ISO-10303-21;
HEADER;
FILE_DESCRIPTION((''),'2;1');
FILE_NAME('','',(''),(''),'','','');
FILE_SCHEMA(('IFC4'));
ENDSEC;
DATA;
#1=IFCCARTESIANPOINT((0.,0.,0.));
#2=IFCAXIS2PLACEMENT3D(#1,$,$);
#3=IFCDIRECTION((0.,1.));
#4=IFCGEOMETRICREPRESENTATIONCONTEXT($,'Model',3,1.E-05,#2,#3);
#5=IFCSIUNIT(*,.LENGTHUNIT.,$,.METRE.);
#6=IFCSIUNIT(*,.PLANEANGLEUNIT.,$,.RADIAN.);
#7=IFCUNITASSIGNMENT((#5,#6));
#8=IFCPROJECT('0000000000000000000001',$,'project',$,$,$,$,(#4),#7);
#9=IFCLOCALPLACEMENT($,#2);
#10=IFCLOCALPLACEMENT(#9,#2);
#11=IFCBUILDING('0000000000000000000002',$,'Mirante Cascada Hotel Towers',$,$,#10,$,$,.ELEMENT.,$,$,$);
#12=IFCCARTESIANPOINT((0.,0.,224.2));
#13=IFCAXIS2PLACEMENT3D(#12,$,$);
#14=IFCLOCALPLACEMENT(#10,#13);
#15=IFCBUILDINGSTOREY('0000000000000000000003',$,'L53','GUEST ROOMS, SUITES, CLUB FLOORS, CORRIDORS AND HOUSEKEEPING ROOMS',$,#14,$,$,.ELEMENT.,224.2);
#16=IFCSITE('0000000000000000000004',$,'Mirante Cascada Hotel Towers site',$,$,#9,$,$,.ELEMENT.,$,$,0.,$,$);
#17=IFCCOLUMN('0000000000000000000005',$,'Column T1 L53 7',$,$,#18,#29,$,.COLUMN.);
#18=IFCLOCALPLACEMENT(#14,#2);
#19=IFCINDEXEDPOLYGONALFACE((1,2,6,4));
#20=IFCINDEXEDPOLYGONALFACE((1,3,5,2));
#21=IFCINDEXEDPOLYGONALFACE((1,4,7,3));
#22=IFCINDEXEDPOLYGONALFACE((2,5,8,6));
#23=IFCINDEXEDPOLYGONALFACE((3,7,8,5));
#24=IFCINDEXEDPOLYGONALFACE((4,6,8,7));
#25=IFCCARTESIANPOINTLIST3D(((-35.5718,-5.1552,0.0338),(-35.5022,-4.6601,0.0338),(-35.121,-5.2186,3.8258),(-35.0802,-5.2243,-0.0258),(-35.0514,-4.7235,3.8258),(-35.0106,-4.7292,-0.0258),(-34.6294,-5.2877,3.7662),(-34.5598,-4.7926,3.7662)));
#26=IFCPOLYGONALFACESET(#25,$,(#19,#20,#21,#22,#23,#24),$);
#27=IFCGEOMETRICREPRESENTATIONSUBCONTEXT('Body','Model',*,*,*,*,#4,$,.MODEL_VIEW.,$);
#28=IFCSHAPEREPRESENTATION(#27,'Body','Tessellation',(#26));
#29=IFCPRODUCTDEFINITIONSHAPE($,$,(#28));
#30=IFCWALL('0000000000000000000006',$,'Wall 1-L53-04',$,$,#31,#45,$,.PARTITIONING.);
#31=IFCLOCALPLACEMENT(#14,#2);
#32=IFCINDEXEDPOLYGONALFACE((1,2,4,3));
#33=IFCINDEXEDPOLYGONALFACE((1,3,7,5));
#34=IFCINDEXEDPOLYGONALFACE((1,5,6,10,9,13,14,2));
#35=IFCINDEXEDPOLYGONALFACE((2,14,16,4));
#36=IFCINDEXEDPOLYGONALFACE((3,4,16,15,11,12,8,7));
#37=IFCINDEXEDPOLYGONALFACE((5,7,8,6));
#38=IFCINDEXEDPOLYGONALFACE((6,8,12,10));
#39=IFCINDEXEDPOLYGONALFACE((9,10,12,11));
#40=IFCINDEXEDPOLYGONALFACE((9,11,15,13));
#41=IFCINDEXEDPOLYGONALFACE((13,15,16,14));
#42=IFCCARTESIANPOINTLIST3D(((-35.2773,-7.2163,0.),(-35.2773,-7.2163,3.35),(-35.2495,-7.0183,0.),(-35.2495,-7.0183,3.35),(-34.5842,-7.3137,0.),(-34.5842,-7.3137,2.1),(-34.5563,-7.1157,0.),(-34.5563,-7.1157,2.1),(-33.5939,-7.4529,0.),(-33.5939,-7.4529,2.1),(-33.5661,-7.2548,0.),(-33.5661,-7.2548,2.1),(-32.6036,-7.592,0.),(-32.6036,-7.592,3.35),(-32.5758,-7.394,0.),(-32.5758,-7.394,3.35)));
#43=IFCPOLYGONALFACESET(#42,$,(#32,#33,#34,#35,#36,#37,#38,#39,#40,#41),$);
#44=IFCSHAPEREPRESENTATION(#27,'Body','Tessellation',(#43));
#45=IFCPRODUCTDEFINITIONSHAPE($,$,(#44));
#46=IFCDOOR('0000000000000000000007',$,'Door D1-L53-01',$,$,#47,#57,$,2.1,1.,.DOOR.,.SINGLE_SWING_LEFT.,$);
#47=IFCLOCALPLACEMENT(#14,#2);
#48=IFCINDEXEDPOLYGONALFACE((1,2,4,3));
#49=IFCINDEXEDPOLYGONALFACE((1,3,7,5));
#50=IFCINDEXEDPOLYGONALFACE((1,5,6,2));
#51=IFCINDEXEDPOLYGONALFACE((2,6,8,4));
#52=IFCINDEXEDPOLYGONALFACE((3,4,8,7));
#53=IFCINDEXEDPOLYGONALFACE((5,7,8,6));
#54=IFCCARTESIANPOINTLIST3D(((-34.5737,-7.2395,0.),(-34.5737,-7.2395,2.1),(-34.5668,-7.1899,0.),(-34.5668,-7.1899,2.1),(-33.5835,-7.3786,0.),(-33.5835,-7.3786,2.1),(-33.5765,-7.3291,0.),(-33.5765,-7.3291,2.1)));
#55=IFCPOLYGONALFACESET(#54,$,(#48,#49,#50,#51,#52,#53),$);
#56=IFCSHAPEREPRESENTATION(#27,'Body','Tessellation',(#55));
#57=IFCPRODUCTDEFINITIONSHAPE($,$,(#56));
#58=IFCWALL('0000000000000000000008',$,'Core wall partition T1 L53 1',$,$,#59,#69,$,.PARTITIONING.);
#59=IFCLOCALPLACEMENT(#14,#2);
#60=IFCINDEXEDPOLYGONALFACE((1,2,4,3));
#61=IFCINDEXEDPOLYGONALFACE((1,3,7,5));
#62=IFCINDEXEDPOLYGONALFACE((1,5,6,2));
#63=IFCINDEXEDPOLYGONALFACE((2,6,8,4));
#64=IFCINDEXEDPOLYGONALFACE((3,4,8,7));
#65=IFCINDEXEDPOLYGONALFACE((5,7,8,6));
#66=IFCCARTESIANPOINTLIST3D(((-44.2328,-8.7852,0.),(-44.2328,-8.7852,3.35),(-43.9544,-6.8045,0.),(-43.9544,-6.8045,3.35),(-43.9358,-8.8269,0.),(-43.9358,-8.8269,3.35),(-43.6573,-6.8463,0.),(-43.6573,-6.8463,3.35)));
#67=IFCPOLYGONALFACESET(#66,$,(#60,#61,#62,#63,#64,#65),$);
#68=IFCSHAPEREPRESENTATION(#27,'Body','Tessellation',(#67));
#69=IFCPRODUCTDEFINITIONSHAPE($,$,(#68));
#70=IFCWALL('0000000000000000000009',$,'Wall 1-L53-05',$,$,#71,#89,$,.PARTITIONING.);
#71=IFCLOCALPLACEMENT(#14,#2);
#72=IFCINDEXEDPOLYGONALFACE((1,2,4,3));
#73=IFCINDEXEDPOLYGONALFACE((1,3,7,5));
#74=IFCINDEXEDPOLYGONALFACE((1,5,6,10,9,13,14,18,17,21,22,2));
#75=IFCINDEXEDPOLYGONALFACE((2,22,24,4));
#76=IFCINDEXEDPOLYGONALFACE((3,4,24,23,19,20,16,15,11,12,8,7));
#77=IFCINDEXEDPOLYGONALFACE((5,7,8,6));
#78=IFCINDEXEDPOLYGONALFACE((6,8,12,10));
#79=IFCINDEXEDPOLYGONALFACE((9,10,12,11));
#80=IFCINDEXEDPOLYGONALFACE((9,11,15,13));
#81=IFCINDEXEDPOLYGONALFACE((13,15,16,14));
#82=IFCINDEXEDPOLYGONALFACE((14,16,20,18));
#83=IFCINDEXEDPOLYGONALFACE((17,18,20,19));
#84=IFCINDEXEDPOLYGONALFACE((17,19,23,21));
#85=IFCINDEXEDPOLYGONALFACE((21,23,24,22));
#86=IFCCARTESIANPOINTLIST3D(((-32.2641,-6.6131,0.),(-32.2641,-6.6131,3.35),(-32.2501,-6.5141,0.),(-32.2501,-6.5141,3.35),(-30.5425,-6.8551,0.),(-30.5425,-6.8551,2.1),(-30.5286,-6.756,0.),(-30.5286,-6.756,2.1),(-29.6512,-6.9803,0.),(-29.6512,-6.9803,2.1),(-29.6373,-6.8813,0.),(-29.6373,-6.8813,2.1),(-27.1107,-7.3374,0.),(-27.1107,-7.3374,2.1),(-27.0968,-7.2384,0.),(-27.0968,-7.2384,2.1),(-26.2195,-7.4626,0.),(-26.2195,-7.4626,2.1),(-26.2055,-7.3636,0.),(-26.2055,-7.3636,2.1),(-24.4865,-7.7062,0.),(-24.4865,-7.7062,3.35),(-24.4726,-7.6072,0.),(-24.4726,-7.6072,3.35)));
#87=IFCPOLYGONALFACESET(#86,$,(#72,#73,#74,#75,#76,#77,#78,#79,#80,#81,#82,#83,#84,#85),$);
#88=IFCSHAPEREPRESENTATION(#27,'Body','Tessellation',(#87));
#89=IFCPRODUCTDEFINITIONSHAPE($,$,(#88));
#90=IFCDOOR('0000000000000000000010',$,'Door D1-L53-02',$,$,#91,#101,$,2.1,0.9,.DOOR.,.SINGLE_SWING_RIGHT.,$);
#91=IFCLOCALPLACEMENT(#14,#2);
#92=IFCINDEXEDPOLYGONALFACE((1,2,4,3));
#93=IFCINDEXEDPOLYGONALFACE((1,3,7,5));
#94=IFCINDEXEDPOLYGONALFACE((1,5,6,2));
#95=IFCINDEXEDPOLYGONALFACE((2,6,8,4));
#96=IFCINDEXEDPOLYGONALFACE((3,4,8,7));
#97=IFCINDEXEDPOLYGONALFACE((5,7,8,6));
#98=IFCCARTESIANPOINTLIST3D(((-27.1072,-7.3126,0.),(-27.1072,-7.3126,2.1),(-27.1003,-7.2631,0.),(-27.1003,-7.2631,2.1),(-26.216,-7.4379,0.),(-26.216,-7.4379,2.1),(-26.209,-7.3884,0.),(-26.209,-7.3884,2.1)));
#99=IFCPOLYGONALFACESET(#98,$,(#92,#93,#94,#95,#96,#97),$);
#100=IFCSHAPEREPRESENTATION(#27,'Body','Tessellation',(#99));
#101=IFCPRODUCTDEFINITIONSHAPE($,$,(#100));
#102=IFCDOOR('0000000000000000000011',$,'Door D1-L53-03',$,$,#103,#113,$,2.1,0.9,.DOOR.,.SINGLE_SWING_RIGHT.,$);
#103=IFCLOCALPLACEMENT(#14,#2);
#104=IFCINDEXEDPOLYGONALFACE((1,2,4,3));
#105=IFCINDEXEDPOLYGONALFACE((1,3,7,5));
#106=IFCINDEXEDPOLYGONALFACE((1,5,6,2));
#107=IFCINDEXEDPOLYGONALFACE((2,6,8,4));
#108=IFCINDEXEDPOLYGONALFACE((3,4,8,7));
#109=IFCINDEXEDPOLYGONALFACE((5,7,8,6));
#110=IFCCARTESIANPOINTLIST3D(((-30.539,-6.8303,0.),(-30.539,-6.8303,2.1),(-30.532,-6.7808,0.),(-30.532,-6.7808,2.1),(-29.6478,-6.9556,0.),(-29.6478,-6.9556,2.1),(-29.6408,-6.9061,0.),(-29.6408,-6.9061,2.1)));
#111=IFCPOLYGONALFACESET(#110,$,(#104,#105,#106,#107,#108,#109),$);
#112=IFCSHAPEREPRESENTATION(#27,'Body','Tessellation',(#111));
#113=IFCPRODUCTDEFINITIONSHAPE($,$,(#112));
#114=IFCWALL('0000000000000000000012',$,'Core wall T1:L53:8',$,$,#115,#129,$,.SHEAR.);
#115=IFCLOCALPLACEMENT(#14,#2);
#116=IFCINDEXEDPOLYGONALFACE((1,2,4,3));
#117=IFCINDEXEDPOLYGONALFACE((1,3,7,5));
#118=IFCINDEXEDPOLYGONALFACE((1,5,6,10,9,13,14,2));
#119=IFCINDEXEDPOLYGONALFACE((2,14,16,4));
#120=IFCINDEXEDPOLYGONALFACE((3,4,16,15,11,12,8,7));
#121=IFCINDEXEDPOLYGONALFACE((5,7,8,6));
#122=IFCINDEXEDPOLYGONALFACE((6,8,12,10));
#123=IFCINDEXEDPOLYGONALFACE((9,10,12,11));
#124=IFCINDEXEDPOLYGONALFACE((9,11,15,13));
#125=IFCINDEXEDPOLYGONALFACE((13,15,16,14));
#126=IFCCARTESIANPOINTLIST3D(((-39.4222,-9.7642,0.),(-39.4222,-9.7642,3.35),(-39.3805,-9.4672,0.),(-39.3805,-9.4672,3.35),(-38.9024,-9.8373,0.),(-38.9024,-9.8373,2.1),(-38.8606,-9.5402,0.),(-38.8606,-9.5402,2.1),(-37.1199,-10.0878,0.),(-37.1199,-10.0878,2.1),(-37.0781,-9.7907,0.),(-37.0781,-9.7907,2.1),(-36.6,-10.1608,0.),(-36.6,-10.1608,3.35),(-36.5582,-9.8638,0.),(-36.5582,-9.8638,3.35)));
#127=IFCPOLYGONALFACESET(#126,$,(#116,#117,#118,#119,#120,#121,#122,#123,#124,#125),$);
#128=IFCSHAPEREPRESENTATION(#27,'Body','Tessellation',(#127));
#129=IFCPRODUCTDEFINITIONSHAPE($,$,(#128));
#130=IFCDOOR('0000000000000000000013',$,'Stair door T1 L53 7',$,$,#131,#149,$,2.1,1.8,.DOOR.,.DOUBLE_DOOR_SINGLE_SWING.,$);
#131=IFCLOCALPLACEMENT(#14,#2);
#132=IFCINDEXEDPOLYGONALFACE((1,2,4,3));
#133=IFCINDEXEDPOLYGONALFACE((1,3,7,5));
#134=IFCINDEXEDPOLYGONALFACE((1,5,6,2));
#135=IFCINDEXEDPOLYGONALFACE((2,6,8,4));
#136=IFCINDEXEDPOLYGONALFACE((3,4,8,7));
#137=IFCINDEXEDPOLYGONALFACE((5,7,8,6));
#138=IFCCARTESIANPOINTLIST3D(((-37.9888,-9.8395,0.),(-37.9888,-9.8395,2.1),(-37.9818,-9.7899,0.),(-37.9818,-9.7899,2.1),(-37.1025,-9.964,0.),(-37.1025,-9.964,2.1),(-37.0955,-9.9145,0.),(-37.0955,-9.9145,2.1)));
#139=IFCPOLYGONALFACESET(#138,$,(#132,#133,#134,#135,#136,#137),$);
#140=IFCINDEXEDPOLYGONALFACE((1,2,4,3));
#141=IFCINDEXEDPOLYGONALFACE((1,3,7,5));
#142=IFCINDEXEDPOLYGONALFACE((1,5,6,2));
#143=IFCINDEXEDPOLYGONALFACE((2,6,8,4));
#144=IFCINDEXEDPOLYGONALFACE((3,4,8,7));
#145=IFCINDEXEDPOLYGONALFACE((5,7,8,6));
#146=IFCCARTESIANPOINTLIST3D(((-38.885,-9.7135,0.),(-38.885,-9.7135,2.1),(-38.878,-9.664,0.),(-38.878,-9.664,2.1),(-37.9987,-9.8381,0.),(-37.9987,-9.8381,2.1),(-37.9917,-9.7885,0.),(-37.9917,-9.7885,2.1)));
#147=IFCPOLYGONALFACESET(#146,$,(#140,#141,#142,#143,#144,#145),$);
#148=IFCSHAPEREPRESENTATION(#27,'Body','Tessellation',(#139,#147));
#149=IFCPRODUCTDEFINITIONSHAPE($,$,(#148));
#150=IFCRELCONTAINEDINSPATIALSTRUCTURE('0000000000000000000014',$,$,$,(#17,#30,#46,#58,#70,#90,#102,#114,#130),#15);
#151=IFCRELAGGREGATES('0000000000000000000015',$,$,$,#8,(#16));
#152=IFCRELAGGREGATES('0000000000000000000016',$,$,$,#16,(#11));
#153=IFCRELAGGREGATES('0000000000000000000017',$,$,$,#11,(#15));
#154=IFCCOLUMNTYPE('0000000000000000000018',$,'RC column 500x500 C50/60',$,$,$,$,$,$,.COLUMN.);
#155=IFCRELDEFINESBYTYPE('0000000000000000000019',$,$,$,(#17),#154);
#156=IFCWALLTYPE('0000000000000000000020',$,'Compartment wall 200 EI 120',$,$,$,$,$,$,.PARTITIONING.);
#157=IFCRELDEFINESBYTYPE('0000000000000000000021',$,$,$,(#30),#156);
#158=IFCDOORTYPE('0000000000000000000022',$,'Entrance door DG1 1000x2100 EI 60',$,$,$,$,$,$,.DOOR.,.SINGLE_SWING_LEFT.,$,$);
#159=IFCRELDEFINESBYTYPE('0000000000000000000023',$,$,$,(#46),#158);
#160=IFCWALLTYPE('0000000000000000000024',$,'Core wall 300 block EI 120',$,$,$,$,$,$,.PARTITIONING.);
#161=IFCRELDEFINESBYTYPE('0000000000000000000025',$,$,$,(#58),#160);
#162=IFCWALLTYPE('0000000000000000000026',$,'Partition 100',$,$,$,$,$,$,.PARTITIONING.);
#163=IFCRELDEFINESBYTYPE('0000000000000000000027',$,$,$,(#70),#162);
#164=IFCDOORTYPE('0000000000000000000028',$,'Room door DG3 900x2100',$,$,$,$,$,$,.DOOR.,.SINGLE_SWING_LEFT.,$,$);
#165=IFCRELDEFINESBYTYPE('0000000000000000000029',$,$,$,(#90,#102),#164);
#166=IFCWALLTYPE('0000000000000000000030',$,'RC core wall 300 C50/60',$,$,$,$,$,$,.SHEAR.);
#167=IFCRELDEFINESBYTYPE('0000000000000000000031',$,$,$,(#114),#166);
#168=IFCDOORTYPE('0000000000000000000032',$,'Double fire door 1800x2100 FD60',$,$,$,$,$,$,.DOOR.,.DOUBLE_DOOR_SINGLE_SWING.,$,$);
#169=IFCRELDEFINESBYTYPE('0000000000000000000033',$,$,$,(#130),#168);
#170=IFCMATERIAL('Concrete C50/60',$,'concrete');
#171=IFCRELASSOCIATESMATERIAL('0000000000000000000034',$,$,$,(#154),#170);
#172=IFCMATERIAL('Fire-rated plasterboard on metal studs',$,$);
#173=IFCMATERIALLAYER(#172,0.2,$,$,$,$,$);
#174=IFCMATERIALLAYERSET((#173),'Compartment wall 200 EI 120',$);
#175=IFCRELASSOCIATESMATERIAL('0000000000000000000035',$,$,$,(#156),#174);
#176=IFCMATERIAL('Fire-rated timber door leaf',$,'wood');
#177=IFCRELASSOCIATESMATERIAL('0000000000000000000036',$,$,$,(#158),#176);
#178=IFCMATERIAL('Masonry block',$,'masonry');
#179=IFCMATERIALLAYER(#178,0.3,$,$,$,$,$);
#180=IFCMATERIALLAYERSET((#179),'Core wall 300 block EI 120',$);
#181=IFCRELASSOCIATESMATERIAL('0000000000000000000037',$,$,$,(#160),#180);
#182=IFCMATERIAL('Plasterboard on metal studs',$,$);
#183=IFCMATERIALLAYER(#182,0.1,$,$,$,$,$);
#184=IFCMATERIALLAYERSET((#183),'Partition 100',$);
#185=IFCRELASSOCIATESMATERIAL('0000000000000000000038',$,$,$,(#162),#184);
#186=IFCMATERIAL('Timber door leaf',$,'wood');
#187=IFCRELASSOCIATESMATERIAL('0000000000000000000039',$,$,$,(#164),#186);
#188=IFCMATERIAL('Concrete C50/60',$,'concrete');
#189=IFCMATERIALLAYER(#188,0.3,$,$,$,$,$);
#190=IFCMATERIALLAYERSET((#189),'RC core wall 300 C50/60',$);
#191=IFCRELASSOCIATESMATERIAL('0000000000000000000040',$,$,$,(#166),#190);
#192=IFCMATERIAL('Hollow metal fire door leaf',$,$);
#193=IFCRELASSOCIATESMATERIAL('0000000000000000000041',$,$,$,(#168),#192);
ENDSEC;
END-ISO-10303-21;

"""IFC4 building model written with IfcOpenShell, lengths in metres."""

from ifc_helpers import new_model, si_unit, direction, frame, frame_2d, origin, origin_2d, place, context, subcontext, project, spatial, rectangle, extrude, material, layer, layer_set, material_profile, profile_set, type_object, element, fill, save


model = new_model("IFC4")

# Units and contexts
model_context = context("Model", 3, precision=1e-05, world=origin(), true_north=direction((0.0, 1.0)))
body_context = subcontext(model_context, "Body", "Model", "MODEL_VIEW")
ifc_project = project(units=[si_unit("LENGTHUNIT", "METRE"), si_unit("PLANEANGLEUNIT", "RADIAN")], contexts=[model_context])

# Site, building, storey
site_placement = place(None, origin())
site = spatial("IfcSite", under=ifc_project, at=site_placement, Name="Mirante Cascada Hotel Towers site", CompositionType="ELEMENT", RefElevation=0.0)
building_placement = place(site_placement, origin())
building = spatial("IfcBuilding", under=site, at=building_placement, Name="Mirante Cascada Hotel Towers", CompositionType="ELEMENT")
storey_placement = place(building_placement, frame((0.0, 0.0, 224.2)))
storey = spatial("IfcBuildingStorey", under=building, at=storey_placement, Name="L53", Description="GUEST ROOMS, SUITES, CLUB FLOORS, CORRIDORS AND HOUSEKEEPING ROOMS", CompositionType="ELEMENT", Elevation=224.2)

# Column
ifc_material_1 = material(Name="Concrete C50/60", Category="concrete")
ifc_material_profile = material_profile(ifc_material_1, rectangle(XDim=0.5, YDim=0.5, at=origin_2d()), Name="RC column 500x500 C50/60")
ifc_profile_set = profile_set([ifc_material_profile], Name="Concrete C50/60")
column_type = type_object("IfcColumnType", Name="RC column 500x500 C50/60", PredefinedType="COLUMN", material=ifc_profile_set)
column_placement = place(storey_placement, frame((-35.2912, -4.9422, 0.004), z_axis=(0.118034, -0.0166, 0.992871), x_axis=(0.139268, 0.990255, 0.0)))
element("IfcColumn", 1, at=column_placement, inside=storey, type_object=column_type, Name="Column T1 L53 7", PredefinedType="COLUMN", context=body_context, shape_type="SweptSolid", body=[
    extrude(rectangle(XDim=0.5, YDim=0.5, at=origin_2d()), origin(), (0.0, 0.0, 1.0), 3.8192),
])

# Wall, opening, door
ifc_material_2 = material(Name="Fire-rated plasterboard on metal studs")
ifc_layer_1 = layer(ifc_material_2, 0.2)
ifc_layer_set_1 = layer_set([ifc_layer_1], Name="Compartment wall 200 EI 120")
wall_type_1 = type_object("IfcWallType", Name="Compartment wall 200 EI 120", PredefinedType="PARTITIONING", material=ifc_layer_set_1)
wall_1_placement = place(storey_placement, frame((-32.5897, -7.493, 0.0), z_axis=(0.0, 0.0, 1.0), x_axis=(-0.990271, 0.13915, 0.0)))
wall_1 = element("IfcWall", 2, at=wall_1_placement, inside=storey, type_object=wall_type_1, Name="Wall 1-L53-04", PredefinedType="PARTITIONING", context=body_context, shape_type="SweptSolid", body=[
    extrude(rectangle(XDim=2.7, YDim=0.2, at=frame_2d((1.35, 0.0))), origin(), (0.0, 0.0, 1.0), 3.35),
])
opening_1_placement = place(wall_1_placement, frame((1.0, 0.0, 0.0)))
opening_1 = element("IfcOpeningElement", 3, at=opening_1_placement, cuts=wall_1, PredefinedType="OPENING", context=body_context, shape_type="SweptSolid", body=[
    extrude(rectangle(XDim=1.0, YDim=2.1, at=frame_2d((0.5, 1.05))), frame((0.0, 0.1, 0.0), z_axis=(0.0, -1.0, 0.0), x_axis=(1.0, 0.0, 0.0)), (0.0, 0.0, 1.0), 0.2),
])
ifc_material_3 = material(Name="Fire-rated timber door leaf", Category="wood")
door_type_1 = type_object("IfcDoorType", Name="Entrance door DG1 1000x2100 EI 60", OperationType="SINGLE_SWING_LEFT", PredefinedType="DOOR", material=ifc_material_3)
door_1_placement = place(opening_1_placement, origin())
door_1 = element("IfcDoor", 4, at=door_1_placement, inside=storey, type_object=door_type_1, Name="Door D1-L53-01", OperationType="SINGLE_SWING_LEFT", OverallHeight=2.1, OverallWidth=1.0, PredefinedType="DOOR", context=body_context, shape_type="SweptSolid", body=[
    extrude(rectangle(XDim=1.0, YDim=2.1, at=frame_2d((0.5, 1.05))), frame((0.0, 0.025, 0.0), z_axis=(0.0, -1.0, 0.0), x_axis=(1.0, 0.0, 0.0)), (0.0, 0.0, 1.0), 0.05),
])
fill(opening_1, door_1)

# Wall
ifc_material_4 = material(Name="Masonry block", Category="masonry")
ifc_layer_2 = layer(ifc_material_4, 0.3)
ifc_layer_set_2 = layer_set([ifc_layer_2], Name="Core wall 300 block EI 120")
wall_type_2 = type_object("IfcWallType", Name="Core wall 300 block EI 120", PredefinedType="PARTITIONING", material=ifc_layer_set_2)
wall_2_placement = place(storey_placement, frame((-44.0843, -8.8061, 0.0), z_axis=(0.0, 0.0, 1.0), x_axis=(0.139195, 0.990265, 0.0)))
element("IfcWall", 5, at=wall_2_placement, inside=storey, type_object=wall_type_2, Name="Core wall partition T1 L53 1", PredefinedType="PARTITIONING", context=body_context, shape_type="SweptSolid", body=[
    extrude(rectangle(XDim=2.0001, YDim=0.3, at=frame_2d((1.0001, 0.0))), origin(), (0.0, 0.0, 1.0), 3.35),
])

# Wall, openings, doors
ifc_material_5 = material(Name="Plasterboard on metal studs")
ifc_layer_3 = layer(ifc_material_5, 0.1)
ifc_layer_set_3 = layer_set([ifc_layer_3], Name="Partition 100")
wall_type_3 = type_object("IfcWallType", Name="Partition 100", PredefinedType="PARTITIONING", material=ifc_layer_set_3)
wall_3_placement = place(storey_placement, frame((-32.2571, -6.5636, 0.0), z_axis=(0.0, 0.0, 1.0), x_axis=(0.990267, -0.139177, 0.0)))
wall_3 = element("IfcWall", 6, at=wall_3_placement, inside=storey, type_object=wall_type_3, Name="Wall 1-L53-05", PredefinedType="PARTITIONING", context=body_context, shape_type="SweptSolid", body=[
    extrude(rectangle(XDim=7.854, YDim=0.1, at=frame_2d((3.927, 0.0))), origin(), (0.0, 0.0, 1.0), 3.35),
])
opening_2_placement = place(wall_3_placement, frame((5.204, 0.0, 0.0)))
opening_2 = element("IfcOpeningElement", 7, at=opening_2_placement, cuts=wall_3, PredefinedType="OPENING", context=body_context, shape_type="SweptSolid", body=[
    extrude(rectangle(XDim=0.9, YDim=2.1, at=frame_2d((0.45, 1.05))), frame((0.0, 0.05, 0.0), z_axis=(0.0, -1.0, 0.0), x_axis=(1.0, 0.0, 0.0)), (0.0, 0.0, 1.0), 0.1),
])
opening_3_placement = place(wall_3_placement, frame((1.7385, 0.0, 0.0)))
opening_3 = element("IfcOpeningElement", 8, at=opening_3_placement, cuts=wall_3, PredefinedType="OPENING", context=body_context, shape_type="SweptSolid", body=[
    extrude(rectangle(XDim=0.9, YDim=2.1, at=frame_2d((0.45, 1.05))), frame((0.0, 0.05, 0.0), z_axis=(0.0, -1.0, 0.0), x_axis=(1.0, 0.0, 0.0)), (0.0, 0.0, 1.0), 0.1),
])
ifc_material_6 = material(Name="Timber door leaf", Category="wood")
door_type_2 = type_object("IfcDoorType", Name="Room door DG3 900x2100", OperationType="SINGLE_SWING_LEFT", PredefinedType="DOOR", material=ifc_material_6)
door_2_placement = place(opening_2_placement, frame((0.9, 0.0, 0.0), z_axis=(0.0, 0.0, 1.0), x_axis=(-1.0, 0.0, 0.0)))
door_2 = element("IfcDoor", 9, at=door_2_placement, inside=storey, type_object=door_type_2, Name="Door D1-L53-02", OperationType="SINGLE_SWING_RIGHT", OverallHeight=2.1, OverallWidth=0.9, PredefinedType="DOOR", context=body_context, shape_type="SweptSolid", body=[
    extrude(rectangle(XDim=0.9, YDim=2.1, at=frame_2d((0.45, 1.05))), frame((0.0, 0.025, 0.0), z_axis=(0.0, -1.0, 0.0), x_axis=(1.0, 0.0, 0.0)), (0.0, 0.0, 1.0), 0.05),
])
fill(opening_2, door_2)
door_3_placement = place(opening_3_placement, frame((0.9, 0.0, 0.0), z_axis=(0.0, 0.0, 1.0), x_axis=(-1.0, 0.0, 0.0)))
door_3 = element("IfcDoor", 10, at=door_3_placement, inside=storey, type_object=door_type_2, Name="Door D1-L53-03", OperationType="SINGLE_SWING_RIGHT", OverallHeight=2.1, OverallWidth=0.9, PredefinedType="DOOR", context=body_context, shape_type="SweptSolid", body=[
    extrude(rectangle(XDim=0.9, YDim=2.1, at=frame_2d((0.45, 1.05))), frame((0.0, 0.025, 0.0), z_axis=(0.0, -1.0, 0.0), x_axis=(1.0, 0.0, 0.0)), (0.0, 0.0, 1.0), 0.05),
])
fill(opening_3, door_3)

# Wall, opening, door
ifc_material_7 = material(Name="Concrete C50/60", Category="concrete")
ifc_layer_4 = layer(ifc_material_7, 0.3)
ifc_layer_set_4 = layer_set([ifc_layer_4], Name="RC core wall 300 C50/60")
wall_type_4 = type_object("IfcWallType", Name="RC core wall 300 C50/60", PredefinedType="SHEAR", material=ifc_layer_set_4)
wall_4_placement = place(storey_placement, frame((-36.5791, -10.0123, 0.0), z_axis=(0.0, 0.0, 1.0), x_axis=(-0.99027, 0.139156, 0.0)))
wall_4 = element("IfcWall", 11, at=wall_4_placement, inside=storey, type_object=wall_type_4, Name="Core wall T1:L53:8", PredefinedType="SHEAR", context=body_context, shape_type="SweptSolid", body=[
    extrude(rectangle(XDim=2.85, YDim=0.3, at=frame_2d((1.425, 0.0))), origin(), (0.0, 0.0, 1.0), 3.35),
])
opening_4_placement = place(wall_4_placement, frame((0.525, 0.0, 0.0)))
opening_4 = element("IfcOpeningElement", 12, at=opening_4_placement, cuts=wall_4, PredefinedType="OPENING", context=body_context, shape_type="SweptSolid", body=[
    extrude(rectangle(XDim=1.8, YDim=2.1, at=frame_2d((0.9, 1.05))), frame((0.0, 0.15, 0.0), z_axis=(0.0, -1.0, 0.0), x_axis=(1.0, 0.0, 0.0)), (0.0, 0.0, 1.0), 0.3),
])
ifc_material_8 = material(Name="Hollow metal fire door leaf")
door_type_3 = type_object("IfcDoorType", Name="Double fire door 1800x2100 FD60", OperationType="DOUBLE_DOOR_SINGLE_SWING", PredefinedType="DOOR", material=ifc_material_8)
door_4_placement = place(opening_4_placement, origin())
door_4 = element("IfcDoor", 13, at=door_4_placement, inside=storey, type_object=door_type_3, Name="Stair door T1 L53 7", OperationType="DOUBLE_DOOR_SINGLE_SWING", OverallHeight=2.1, OverallWidth=1.8, PredefinedType="DOOR", context=body_context, shape_type="SweptSolid", body=[
    extrude(rectangle(XDim=0.895, YDim=2.1, at=frame_2d((0.4475, 1.05))), frame((0.0, 0.025, 0.0), z_axis=(0.0, -1.0, 0.0), x_axis=(1.0, 0.0, 0.0)), (0.0, 0.0, 1.0), 0.05),
    extrude(rectangle(XDim=0.895, YDim=2.1, at=frame_2d((1.3525, 1.05))), frame((0.0, 0.025, 0.0), z_axis=(0.0, -1.0, 0.0), x_axis=(1.0, 0.0, 0.0)), (0.0, 0.0, 1.0), 0.05),
])
fill(opening_4, door_4)

save(model, "model.ifc")
